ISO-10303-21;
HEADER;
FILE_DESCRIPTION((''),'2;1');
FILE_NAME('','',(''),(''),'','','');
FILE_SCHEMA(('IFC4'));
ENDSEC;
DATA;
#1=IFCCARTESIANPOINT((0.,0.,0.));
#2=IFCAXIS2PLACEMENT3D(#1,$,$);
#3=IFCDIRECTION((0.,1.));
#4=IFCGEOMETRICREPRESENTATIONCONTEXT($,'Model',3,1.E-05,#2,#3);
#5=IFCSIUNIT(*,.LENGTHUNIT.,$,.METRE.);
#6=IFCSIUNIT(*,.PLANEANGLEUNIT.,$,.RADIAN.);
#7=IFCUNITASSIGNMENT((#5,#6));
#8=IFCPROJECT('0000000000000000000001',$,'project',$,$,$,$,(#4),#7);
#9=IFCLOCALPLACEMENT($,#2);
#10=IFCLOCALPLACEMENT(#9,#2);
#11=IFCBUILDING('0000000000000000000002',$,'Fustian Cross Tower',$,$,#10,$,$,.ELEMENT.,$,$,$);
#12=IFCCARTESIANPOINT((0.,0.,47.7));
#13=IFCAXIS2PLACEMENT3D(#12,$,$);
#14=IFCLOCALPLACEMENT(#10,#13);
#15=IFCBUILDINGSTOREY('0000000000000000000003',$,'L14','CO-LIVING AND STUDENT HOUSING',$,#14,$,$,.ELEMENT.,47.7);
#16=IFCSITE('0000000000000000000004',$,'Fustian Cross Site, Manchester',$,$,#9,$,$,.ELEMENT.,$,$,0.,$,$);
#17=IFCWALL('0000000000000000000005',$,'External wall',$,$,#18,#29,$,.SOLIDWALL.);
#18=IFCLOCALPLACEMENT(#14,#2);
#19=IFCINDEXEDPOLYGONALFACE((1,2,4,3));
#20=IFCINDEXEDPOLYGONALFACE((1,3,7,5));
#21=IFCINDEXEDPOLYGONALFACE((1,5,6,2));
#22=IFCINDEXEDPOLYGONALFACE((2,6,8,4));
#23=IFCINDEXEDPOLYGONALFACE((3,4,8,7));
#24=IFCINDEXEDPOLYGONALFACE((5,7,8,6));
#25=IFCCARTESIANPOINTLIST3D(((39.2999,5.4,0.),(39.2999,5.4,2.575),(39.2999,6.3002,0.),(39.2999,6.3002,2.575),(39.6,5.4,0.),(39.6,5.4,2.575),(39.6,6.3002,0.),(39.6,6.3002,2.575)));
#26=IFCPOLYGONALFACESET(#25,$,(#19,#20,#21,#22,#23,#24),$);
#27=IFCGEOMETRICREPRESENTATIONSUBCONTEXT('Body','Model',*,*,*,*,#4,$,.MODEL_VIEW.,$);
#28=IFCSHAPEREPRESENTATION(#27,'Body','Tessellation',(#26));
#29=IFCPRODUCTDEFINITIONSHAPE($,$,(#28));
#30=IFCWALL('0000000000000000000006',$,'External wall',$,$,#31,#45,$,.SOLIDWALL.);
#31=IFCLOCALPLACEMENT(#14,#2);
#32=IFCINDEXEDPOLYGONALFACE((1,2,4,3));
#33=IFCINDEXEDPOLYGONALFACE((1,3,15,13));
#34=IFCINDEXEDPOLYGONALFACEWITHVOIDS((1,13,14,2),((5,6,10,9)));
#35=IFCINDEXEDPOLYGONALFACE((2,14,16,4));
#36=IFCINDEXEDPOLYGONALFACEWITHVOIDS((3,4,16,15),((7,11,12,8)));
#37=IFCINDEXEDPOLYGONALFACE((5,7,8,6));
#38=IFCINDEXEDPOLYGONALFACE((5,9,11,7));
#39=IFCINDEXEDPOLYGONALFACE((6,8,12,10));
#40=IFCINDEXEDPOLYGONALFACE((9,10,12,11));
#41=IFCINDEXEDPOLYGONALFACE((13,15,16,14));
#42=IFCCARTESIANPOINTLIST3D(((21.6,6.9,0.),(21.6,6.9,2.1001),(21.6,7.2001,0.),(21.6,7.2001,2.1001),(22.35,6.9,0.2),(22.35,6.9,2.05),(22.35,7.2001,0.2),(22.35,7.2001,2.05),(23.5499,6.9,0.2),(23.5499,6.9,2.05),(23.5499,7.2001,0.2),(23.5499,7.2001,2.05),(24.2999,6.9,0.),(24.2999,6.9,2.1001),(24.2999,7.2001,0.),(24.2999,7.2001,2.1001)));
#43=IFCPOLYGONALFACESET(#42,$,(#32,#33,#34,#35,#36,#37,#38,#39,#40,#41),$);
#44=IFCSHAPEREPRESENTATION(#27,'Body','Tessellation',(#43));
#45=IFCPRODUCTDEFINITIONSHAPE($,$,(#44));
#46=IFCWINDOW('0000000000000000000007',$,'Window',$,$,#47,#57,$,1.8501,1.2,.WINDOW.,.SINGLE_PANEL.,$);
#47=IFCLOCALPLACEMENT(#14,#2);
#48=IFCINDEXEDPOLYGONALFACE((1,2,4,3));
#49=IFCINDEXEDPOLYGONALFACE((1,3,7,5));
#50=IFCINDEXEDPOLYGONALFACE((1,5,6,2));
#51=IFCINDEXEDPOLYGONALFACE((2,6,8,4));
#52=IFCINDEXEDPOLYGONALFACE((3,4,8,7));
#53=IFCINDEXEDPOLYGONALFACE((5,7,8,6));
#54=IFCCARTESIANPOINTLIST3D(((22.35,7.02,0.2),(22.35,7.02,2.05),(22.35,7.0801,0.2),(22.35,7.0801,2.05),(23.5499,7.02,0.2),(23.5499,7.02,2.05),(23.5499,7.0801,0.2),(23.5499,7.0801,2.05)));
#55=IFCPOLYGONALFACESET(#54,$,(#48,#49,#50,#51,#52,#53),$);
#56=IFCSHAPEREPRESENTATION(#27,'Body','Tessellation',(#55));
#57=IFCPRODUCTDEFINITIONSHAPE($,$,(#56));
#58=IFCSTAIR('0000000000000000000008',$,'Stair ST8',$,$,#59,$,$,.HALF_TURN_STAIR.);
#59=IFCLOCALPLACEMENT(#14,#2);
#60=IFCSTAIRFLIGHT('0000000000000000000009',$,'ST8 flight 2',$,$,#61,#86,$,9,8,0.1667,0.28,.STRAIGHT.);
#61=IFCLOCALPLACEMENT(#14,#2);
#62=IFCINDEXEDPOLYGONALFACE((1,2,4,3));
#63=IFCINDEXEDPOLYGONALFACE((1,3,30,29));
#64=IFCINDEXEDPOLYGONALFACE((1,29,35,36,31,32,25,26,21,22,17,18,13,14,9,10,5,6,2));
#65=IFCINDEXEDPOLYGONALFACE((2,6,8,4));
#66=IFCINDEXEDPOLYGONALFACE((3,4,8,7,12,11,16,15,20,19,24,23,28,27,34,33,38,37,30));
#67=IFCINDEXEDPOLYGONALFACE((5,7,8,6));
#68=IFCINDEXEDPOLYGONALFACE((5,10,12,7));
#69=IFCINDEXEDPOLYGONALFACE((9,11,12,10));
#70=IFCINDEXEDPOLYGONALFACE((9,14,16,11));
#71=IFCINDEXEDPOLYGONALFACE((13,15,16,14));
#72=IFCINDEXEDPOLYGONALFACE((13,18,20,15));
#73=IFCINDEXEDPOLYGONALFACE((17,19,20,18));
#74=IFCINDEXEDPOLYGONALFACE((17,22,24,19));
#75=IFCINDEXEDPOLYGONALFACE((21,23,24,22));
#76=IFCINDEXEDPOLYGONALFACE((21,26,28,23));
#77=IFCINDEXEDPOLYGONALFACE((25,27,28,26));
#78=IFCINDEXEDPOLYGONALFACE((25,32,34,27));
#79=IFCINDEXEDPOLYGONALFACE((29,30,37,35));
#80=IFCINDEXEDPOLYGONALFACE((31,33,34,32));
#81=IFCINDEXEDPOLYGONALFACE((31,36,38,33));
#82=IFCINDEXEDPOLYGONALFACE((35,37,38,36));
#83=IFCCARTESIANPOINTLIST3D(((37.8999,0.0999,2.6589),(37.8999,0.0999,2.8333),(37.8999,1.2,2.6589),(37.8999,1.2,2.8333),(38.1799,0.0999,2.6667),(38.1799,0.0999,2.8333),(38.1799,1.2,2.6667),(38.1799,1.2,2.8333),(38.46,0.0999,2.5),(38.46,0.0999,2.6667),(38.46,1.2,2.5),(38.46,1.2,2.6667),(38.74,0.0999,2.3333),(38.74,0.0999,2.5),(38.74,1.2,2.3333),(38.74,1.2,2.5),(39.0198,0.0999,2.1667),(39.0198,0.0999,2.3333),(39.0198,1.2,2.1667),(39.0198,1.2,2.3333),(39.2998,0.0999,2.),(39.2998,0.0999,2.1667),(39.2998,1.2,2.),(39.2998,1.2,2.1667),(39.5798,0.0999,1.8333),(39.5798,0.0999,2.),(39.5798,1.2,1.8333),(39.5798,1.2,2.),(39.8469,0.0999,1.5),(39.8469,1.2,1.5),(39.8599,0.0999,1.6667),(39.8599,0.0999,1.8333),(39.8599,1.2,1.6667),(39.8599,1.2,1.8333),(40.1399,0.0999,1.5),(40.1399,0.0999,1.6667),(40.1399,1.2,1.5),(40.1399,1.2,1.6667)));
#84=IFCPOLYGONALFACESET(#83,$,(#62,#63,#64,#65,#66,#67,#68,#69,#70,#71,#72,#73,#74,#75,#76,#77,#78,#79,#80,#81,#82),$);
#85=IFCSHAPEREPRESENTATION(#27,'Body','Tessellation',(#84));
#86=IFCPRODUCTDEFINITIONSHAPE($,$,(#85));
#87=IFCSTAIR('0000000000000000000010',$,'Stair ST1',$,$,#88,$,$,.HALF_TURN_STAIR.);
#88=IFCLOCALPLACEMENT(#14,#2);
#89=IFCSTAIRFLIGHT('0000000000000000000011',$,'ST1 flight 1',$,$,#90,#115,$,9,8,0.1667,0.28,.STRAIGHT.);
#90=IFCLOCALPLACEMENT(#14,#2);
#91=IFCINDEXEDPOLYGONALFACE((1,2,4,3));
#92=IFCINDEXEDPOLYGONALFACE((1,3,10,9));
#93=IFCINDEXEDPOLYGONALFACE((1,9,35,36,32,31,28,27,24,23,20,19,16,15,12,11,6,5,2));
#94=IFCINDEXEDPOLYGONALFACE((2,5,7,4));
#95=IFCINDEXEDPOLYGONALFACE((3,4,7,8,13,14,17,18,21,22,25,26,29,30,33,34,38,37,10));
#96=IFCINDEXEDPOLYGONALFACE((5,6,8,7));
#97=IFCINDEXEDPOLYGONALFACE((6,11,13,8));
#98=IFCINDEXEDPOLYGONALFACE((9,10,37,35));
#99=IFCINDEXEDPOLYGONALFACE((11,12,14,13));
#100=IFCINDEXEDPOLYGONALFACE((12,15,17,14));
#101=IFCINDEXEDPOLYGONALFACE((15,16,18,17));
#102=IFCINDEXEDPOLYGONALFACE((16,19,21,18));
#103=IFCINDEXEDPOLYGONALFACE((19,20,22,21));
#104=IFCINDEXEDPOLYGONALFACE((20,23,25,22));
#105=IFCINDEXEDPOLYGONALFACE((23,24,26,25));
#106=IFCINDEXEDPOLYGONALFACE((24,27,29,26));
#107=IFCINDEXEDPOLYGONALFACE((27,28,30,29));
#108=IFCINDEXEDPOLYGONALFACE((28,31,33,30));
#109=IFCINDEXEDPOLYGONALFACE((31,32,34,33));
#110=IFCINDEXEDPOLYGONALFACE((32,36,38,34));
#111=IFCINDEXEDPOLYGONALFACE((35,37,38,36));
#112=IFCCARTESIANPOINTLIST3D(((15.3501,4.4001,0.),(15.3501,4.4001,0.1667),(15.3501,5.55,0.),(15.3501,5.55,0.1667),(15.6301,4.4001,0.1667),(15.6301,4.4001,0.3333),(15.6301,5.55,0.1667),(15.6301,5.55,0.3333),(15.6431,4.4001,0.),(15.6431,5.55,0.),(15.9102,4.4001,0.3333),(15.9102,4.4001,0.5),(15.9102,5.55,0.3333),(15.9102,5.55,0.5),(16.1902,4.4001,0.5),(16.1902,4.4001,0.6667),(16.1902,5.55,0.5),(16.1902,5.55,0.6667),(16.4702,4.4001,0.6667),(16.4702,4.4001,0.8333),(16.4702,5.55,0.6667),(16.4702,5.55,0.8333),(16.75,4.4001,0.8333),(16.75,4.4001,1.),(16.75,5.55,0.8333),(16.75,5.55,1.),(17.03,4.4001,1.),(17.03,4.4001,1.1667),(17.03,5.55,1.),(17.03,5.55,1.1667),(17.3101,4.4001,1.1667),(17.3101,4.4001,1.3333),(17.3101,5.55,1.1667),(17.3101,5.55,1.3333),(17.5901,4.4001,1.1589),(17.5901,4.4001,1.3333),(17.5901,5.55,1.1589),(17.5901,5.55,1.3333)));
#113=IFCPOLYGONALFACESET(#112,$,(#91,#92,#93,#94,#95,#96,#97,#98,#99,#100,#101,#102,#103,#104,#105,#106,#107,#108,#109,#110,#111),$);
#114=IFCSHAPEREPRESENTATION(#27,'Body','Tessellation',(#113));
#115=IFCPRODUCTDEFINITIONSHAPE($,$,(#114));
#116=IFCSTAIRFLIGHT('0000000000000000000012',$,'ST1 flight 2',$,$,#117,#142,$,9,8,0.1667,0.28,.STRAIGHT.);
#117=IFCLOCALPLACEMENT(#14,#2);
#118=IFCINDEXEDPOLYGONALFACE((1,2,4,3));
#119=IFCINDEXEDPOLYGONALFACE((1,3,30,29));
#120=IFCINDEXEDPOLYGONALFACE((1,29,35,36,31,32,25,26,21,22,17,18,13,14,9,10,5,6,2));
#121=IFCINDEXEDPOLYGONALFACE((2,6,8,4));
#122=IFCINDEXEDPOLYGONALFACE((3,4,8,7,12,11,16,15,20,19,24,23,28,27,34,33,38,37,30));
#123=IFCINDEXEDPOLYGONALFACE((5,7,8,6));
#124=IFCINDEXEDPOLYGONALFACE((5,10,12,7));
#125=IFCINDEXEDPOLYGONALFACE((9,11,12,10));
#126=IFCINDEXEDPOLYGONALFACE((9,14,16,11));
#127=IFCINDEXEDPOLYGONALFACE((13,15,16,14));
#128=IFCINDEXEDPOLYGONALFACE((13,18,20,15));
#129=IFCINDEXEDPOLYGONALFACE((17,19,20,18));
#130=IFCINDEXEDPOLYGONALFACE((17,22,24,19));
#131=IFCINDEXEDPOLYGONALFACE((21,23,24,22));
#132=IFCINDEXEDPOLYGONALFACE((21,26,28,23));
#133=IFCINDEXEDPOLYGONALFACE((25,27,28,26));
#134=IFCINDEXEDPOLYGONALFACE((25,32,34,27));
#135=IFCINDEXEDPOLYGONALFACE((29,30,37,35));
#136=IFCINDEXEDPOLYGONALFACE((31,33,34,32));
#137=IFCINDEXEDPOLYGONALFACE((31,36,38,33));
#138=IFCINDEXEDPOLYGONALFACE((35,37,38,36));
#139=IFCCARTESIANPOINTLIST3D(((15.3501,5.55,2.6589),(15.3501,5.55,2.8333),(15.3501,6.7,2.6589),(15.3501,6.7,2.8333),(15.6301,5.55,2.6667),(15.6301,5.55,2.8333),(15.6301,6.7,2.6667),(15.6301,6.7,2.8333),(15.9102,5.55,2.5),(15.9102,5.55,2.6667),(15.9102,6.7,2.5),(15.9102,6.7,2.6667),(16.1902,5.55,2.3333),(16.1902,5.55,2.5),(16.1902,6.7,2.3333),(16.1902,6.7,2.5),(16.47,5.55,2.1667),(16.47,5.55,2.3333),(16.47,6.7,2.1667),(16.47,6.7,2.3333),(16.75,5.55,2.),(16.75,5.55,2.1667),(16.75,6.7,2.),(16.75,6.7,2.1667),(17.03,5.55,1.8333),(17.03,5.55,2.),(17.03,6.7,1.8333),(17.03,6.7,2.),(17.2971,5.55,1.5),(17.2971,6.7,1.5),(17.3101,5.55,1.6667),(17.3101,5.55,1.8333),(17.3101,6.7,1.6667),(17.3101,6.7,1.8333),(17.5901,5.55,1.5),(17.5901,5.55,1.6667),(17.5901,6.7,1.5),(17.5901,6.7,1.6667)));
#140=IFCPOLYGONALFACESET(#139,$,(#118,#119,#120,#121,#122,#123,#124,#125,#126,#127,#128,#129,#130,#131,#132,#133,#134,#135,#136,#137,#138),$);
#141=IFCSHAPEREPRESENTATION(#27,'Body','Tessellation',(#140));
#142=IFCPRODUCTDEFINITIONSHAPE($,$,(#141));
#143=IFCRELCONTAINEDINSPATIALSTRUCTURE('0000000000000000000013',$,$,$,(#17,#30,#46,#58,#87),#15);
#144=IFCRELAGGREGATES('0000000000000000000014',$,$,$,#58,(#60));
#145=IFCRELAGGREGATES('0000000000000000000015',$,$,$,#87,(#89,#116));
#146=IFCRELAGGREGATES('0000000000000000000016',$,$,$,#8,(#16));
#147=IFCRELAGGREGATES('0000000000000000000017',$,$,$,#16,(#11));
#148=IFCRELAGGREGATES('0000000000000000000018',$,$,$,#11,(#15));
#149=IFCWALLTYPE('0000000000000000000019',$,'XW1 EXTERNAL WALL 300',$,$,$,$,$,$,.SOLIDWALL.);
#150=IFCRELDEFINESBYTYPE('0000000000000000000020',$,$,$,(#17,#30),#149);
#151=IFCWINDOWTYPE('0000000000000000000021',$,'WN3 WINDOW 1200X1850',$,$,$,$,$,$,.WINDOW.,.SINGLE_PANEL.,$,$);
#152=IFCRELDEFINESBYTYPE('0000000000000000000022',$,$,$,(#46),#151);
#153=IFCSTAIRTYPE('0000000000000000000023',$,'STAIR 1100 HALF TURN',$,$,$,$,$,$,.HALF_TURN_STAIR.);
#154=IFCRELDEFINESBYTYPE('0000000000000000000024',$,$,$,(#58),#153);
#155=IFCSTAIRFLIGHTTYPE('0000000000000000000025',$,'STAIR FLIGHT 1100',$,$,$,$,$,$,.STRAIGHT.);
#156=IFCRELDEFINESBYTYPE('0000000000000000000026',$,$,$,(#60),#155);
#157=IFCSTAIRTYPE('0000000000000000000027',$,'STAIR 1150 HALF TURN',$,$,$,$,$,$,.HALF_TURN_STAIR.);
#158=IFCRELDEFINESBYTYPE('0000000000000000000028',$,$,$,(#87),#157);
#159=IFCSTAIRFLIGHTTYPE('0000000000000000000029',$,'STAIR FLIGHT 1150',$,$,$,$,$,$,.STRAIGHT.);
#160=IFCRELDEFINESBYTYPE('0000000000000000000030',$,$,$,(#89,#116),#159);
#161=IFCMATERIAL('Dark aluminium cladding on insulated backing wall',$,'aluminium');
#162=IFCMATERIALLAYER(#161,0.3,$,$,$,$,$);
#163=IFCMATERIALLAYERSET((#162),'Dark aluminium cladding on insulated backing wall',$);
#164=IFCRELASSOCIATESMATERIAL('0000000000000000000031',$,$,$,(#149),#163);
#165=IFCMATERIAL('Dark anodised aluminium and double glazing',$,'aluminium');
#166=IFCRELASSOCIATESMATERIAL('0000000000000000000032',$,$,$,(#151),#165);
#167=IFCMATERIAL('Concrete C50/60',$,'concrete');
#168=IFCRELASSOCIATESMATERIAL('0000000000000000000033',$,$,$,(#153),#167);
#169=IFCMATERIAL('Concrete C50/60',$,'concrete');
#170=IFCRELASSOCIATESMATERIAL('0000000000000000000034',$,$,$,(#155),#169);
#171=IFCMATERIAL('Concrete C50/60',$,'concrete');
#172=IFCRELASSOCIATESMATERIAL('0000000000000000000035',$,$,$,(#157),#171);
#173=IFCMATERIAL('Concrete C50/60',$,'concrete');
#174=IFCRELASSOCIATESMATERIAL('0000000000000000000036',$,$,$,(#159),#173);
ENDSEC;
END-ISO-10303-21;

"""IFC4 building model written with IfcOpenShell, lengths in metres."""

from ifc_helpers import new_model, si_unit, direction, frame, frame_2d, origin, place, context, subcontext, project, spatial, polyline, rectangle, outline, extrude, material, layer, layer_set, type_object, element, fill, aggregate, save


model = new_model("IFC4")

# Units and contexts
model_context = context("Model", 3, precision=1e-05, world=origin(), true_north=direction((0.0, 1.0)))
body_context = subcontext(model_context, "Body", "Model", "MODEL_VIEW")
ifc_project = project(units=[si_unit("LENGTHUNIT", "METRE"), si_unit("PLANEANGLEUNIT", "RADIAN")], contexts=[model_context])

# Site, building, storey
site_placement = place(None, origin())
site = spatial("IfcSite", under=ifc_project, at=site_placement, Name="Fustian Cross Site, Manchester", CompositionType="ELEMENT", RefElevation=0.0)
building_placement = place(site_placement, origin())
building = spatial("IfcBuilding", under=site, at=building_placement, Name="Fustian Cross Tower", CompositionType="ELEMENT")
storey_placement = place(building_placement, frame((0.0, 0.0, 47.7)))
storey = spatial("IfcBuildingStorey", under=building, at=storey_placement, Name="L14", Description="CO-LIVING AND STUDENT HOUSING", CompositionType="ELEMENT", Elevation=47.7)

# Shared definitions
ifc_material_1 = material(Name="Dark aluminium cladding on insulated backing wall", Category="aluminium")
ifc_layer_1 = layer(ifc_material_1, 0.3)
ifc_layer_set_1 = layer_set([ifc_layer_1], Name="Dark aluminium cladding on insulated backing wall")
wall_type_1 = type_object("IfcWallType", Name="XW1 EXTERNAL WALL 300", PredefinedType="SOLIDWALL", material=ifc_layer_set_1)

# Shared definitions
ifc_material_2 = material(Name="Dark anodised aluminium and double glazing", Category="aluminium")
window_type = type_object("IfcWindowType", Name="WN3 WINDOW 1200X1850", PartitioningType="SINGLE_PANEL", PredefinedType="WINDOW", material=ifc_material_2)

# Wall
wall_1_placement = place(storey_placement, frame((39.45, 5.3999, 0.0), z_axis=(0.0, 0.0, 1.0), x_axis=(0.0, 1.0, 0.0)))
element("IfcWall", 1, at=wall_1_placement, inside=storey, type_object=wall_type_1, Name="External wall", PredefinedType="SOLIDWALL", context=body_context, shape_type="SweptSolid", body=[
    extrude(rectangle(XDim=0.9001, YDim=0.3, at=frame_2d((0.4502, 0.0))), origin(), (0.0, 0.0, 1.0), 2.575),
])

# Wall, opening, window
wall_2_placement = place(storey_placement, frame((24.3, 7.05, 0.0), z_axis=(0.0, 0.0, 1.0), x_axis=(-1.0, 0.0, 0.0)))
wall_2 = element("IfcWall", 2, at=wall_2_placement, inside=storey, type_object=wall_type_1, Name="External wall", PredefinedType="SOLIDWALL", context=body_context, shape_type="SweptSolid", body=[
    extrude(rectangle(XDim=2.7, YDim=0.3, at=frame_2d((1.3501, 0.0))), origin(), (0.0, 0.0, 1.0), 2.1001),
])
opening_1_placement = place(wall_2_placement, frame((0.75, 0.0, 0.2)))
opening_1 = element("IfcOpeningElement", 3, at=opening_1_placement, cuts=wall_2, PredefinedType="OPENING", context=body_context, shape_type="SweptSolid", body=[
    extrude(rectangle(XDim=1.2, YDim=1.8501, at=frame_2d((0.6001, 0.925))), frame((0.0, 0.1599, 0.0), z_axis=(0.0, -1.0, 0.0), x_axis=(1.0, 0.0, 0.0)), (0.0, 0.0, 1.0), 0.3201),
])
window_1_placement = place(opening_1_placement, origin())
window_1 = element("IfcWindow", 4, at=window_1_placement, inside=storey, type_object=window_type, Name="Window", OverallHeight=1.8501, OverallWidth=1.2, PartitioningType="SINGLE_PANEL", PredefinedType="WINDOW", context=body_context, shape_type="SweptSolid", body=[
    extrude(rectangle(XDim=1.2, YDim=1.8501, at=frame_2d((0.6001, 0.925))), frame((0.0, 0.03, 0.0), z_axis=(0.0, -1.0, 0.0), x_axis=(1.0, 0.0, 0.0)), (0.0, 0.0, 1.0), 0.0601),
])
fill(opening_1, window_1)

# Stair, stair flight
ifc_material_3 = material(Name="Concrete C50/60", Category="concrete")
stair_type_1 = type_object("IfcStairType", Name="STAIR 1100 HALF TURN", PredefinedType="HALF_TURN_STAIR", material=ifc_material_3)
stair_1_placement = place(storey_placement, origin())
stair_1 = element("IfcStair", 5, at=stair_1_placement, inside=storey, type_object=stair_type_1, Name="Stair ST8", PredefinedType="HALF_TURN_STAIR")
ifc_material_4 = material(Name="Concrete C50/60", Category="concrete")
stair_flight_type_1 = type_object("IfcStairFlightType", Name="STAIR FLIGHT 1100", PredefinedType="STRAIGHT", material=ifc_material_4)
stair_flight_1_placement = place(storey_placement, frame((40.1399, 0.6499, 1.5), z_axis=(0.0, 0.0, 1.0), x_axis=(-1.0, 0.0, 0.0)))
stair_flight_1 = element("IfcStairFlight", 6, at=stair_flight_1_placement, type_object=stair_flight_type_1, Name="ST8 flight 2", NumberOfRisers=9, NumberOfTreads=8, PredefinedType="STRAIGHT", RiserHeight=0.1667, TreadLength=0.28, context=body_context, shape_type="SweptSolid", body=[
    extrude(outline(polyline([(0.0, 0.0), (0.0, 0.1667), (0.28, 0.1667), (0.28, 0.3333), (0.5601, 0.3333), (0.5601, 0.5), (0.8401, 0.5), (0.8401, 0.6667), (1.1201, 0.6667), (1.1201, 0.8333), (1.3999, 0.8333), (1.3999, 1.0), (1.6799, 1.0), (1.6799, 1.1667), (1.96, 1.1667), (1.96, 1.3333), (2.24, 1.3333), (2.24, 1.5), (2.24, 1.1589), (0.293, 0.0), (0.0, 0.0)])), frame((0.0, 0.55, 0.0), z_axis=(0.0, -1.0, 0.0), x_axis=(1.0, 0.0, 0.0)), (0.0, 0.0, 1.0), 1.1001),
])
aggregate(stair_1, [stair_flight_1])

# Stair, stair flights
ifc_material_5 = material(Name="Concrete C50/60", Category="concrete")
stair_type_2 = type_object("IfcStairType", Name="STAIR 1150 HALF TURN", PredefinedType="HALF_TURN_STAIR", material=ifc_material_5)
stair_2_placement = place(storey_placement, origin())
stair_2 = element("IfcStair", 7, at=stair_2_placement, inside=storey, type_object=stair_type_2, Name="Stair ST1", PredefinedType="HALF_TURN_STAIR")
ifc_material_6 = material(Name="Concrete C50/60", Category="concrete")
stair_flight_type_2 = type_object("IfcStairFlightType", Name="STAIR FLIGHT 1150", PredefinedType="STRAIGHT", material=ifc_material_6)
stair_flight_2_placement = place(storey_placement, frame((15.3501, 4.9751, 0.0), z_axis=(0.0, 0.0, 1.0), x_axis=(1.0, 0.0, 0.0)))
stair_flight_2 = element("IfcStairFlight", 8, at=stair_flight_2_placement, type_object=stair_flight_type_2, Name="ST1 flight 1", NumberOfRisers=9, NumberOfTreads=8, PredefinedType="STRAIGHT", RiserHeight=0.1667, TreadLength=0.28, context=body_context, shape_type="SweptSolid", body=[
    extrude(outline(polyline([(0.0, 0.0), (0.0, 0.1667), (0.28, 0.1667), (0.28, 0.3333), (0.5601, 0.3333), (0.5601, 0.5), (0.8401, 0.5), (0.8401, 0.6667), (1.1201, 0.6667), (1.1201, 0.8333), (1.3999, 0.8333), (1.3999, 1.0), (1.6799, 1.0), (1.6799, 1.1667), (1.96, 1.1667), (1.96, 1.3333), (2.24, 1.3333), (2.24, 1.5), (2.24, 1.1589), (0.293, 0.0), (0.0, 0.0)])), frame((0.0, 0.575, 0.0), z_axis=(0.0, -1.0, 0.0), x_axis=(1.0, 0.0, 0.0)), (0.0, 0.0, 1.0), 1.1499),
])
stair_flight_3_placement = place(storey_placement, frame((17.5901, 6.125, 1.5), z_axis=(0.0, 0.0, 1.0), x_axis=(-1.0, 0.0, 0.0)))
stair_flight_3 = element("IfcStairFlight", 9, at=stair_flight_3_placement, type_object=stair_flight_type_2, Name="ST1 flight 2", NumberOfRisers=9, NumberOfTreads=8, PredefinedType="STRAIGHT", RiserHeight=0.1667, TreadLength=0.28, context=body_context, shape_type="SweptSolid", body=[
    extrude(outline(polyline([(0.0, 0.0), (0.0, 0.1667), (0.28, 0.1667), (0.28, 0.3333), (0.5601, 0.3333), (0.5601, 0.5), (0.8401, 0.5), (0.8401, 0.6667), (1.1201, 0.6667), (1.1201, 0.8333), (1.3999, 0.8333), (1.3999, 1.0), (1.6799, 1.0), (1.6799, 1.1667), (1.96, 1.1667), (1.96, 1.3333), (2.24, 1.3333), (2.24, 1.5), (2.24, 1.1589), (0.293, 0.0), (0.0, 0.0)])), frame((0.0, 0.575, 0.0), z_axis=(0.0, -1.0, 0.0), x_axis=(1.0, 0.0, 0.0)), (0.0, 0.0, 1.0), 1.1499),
])
aggregate(stair_2, [stair_flight_2, stair_flight_3])

save(model, "model.ifc")
